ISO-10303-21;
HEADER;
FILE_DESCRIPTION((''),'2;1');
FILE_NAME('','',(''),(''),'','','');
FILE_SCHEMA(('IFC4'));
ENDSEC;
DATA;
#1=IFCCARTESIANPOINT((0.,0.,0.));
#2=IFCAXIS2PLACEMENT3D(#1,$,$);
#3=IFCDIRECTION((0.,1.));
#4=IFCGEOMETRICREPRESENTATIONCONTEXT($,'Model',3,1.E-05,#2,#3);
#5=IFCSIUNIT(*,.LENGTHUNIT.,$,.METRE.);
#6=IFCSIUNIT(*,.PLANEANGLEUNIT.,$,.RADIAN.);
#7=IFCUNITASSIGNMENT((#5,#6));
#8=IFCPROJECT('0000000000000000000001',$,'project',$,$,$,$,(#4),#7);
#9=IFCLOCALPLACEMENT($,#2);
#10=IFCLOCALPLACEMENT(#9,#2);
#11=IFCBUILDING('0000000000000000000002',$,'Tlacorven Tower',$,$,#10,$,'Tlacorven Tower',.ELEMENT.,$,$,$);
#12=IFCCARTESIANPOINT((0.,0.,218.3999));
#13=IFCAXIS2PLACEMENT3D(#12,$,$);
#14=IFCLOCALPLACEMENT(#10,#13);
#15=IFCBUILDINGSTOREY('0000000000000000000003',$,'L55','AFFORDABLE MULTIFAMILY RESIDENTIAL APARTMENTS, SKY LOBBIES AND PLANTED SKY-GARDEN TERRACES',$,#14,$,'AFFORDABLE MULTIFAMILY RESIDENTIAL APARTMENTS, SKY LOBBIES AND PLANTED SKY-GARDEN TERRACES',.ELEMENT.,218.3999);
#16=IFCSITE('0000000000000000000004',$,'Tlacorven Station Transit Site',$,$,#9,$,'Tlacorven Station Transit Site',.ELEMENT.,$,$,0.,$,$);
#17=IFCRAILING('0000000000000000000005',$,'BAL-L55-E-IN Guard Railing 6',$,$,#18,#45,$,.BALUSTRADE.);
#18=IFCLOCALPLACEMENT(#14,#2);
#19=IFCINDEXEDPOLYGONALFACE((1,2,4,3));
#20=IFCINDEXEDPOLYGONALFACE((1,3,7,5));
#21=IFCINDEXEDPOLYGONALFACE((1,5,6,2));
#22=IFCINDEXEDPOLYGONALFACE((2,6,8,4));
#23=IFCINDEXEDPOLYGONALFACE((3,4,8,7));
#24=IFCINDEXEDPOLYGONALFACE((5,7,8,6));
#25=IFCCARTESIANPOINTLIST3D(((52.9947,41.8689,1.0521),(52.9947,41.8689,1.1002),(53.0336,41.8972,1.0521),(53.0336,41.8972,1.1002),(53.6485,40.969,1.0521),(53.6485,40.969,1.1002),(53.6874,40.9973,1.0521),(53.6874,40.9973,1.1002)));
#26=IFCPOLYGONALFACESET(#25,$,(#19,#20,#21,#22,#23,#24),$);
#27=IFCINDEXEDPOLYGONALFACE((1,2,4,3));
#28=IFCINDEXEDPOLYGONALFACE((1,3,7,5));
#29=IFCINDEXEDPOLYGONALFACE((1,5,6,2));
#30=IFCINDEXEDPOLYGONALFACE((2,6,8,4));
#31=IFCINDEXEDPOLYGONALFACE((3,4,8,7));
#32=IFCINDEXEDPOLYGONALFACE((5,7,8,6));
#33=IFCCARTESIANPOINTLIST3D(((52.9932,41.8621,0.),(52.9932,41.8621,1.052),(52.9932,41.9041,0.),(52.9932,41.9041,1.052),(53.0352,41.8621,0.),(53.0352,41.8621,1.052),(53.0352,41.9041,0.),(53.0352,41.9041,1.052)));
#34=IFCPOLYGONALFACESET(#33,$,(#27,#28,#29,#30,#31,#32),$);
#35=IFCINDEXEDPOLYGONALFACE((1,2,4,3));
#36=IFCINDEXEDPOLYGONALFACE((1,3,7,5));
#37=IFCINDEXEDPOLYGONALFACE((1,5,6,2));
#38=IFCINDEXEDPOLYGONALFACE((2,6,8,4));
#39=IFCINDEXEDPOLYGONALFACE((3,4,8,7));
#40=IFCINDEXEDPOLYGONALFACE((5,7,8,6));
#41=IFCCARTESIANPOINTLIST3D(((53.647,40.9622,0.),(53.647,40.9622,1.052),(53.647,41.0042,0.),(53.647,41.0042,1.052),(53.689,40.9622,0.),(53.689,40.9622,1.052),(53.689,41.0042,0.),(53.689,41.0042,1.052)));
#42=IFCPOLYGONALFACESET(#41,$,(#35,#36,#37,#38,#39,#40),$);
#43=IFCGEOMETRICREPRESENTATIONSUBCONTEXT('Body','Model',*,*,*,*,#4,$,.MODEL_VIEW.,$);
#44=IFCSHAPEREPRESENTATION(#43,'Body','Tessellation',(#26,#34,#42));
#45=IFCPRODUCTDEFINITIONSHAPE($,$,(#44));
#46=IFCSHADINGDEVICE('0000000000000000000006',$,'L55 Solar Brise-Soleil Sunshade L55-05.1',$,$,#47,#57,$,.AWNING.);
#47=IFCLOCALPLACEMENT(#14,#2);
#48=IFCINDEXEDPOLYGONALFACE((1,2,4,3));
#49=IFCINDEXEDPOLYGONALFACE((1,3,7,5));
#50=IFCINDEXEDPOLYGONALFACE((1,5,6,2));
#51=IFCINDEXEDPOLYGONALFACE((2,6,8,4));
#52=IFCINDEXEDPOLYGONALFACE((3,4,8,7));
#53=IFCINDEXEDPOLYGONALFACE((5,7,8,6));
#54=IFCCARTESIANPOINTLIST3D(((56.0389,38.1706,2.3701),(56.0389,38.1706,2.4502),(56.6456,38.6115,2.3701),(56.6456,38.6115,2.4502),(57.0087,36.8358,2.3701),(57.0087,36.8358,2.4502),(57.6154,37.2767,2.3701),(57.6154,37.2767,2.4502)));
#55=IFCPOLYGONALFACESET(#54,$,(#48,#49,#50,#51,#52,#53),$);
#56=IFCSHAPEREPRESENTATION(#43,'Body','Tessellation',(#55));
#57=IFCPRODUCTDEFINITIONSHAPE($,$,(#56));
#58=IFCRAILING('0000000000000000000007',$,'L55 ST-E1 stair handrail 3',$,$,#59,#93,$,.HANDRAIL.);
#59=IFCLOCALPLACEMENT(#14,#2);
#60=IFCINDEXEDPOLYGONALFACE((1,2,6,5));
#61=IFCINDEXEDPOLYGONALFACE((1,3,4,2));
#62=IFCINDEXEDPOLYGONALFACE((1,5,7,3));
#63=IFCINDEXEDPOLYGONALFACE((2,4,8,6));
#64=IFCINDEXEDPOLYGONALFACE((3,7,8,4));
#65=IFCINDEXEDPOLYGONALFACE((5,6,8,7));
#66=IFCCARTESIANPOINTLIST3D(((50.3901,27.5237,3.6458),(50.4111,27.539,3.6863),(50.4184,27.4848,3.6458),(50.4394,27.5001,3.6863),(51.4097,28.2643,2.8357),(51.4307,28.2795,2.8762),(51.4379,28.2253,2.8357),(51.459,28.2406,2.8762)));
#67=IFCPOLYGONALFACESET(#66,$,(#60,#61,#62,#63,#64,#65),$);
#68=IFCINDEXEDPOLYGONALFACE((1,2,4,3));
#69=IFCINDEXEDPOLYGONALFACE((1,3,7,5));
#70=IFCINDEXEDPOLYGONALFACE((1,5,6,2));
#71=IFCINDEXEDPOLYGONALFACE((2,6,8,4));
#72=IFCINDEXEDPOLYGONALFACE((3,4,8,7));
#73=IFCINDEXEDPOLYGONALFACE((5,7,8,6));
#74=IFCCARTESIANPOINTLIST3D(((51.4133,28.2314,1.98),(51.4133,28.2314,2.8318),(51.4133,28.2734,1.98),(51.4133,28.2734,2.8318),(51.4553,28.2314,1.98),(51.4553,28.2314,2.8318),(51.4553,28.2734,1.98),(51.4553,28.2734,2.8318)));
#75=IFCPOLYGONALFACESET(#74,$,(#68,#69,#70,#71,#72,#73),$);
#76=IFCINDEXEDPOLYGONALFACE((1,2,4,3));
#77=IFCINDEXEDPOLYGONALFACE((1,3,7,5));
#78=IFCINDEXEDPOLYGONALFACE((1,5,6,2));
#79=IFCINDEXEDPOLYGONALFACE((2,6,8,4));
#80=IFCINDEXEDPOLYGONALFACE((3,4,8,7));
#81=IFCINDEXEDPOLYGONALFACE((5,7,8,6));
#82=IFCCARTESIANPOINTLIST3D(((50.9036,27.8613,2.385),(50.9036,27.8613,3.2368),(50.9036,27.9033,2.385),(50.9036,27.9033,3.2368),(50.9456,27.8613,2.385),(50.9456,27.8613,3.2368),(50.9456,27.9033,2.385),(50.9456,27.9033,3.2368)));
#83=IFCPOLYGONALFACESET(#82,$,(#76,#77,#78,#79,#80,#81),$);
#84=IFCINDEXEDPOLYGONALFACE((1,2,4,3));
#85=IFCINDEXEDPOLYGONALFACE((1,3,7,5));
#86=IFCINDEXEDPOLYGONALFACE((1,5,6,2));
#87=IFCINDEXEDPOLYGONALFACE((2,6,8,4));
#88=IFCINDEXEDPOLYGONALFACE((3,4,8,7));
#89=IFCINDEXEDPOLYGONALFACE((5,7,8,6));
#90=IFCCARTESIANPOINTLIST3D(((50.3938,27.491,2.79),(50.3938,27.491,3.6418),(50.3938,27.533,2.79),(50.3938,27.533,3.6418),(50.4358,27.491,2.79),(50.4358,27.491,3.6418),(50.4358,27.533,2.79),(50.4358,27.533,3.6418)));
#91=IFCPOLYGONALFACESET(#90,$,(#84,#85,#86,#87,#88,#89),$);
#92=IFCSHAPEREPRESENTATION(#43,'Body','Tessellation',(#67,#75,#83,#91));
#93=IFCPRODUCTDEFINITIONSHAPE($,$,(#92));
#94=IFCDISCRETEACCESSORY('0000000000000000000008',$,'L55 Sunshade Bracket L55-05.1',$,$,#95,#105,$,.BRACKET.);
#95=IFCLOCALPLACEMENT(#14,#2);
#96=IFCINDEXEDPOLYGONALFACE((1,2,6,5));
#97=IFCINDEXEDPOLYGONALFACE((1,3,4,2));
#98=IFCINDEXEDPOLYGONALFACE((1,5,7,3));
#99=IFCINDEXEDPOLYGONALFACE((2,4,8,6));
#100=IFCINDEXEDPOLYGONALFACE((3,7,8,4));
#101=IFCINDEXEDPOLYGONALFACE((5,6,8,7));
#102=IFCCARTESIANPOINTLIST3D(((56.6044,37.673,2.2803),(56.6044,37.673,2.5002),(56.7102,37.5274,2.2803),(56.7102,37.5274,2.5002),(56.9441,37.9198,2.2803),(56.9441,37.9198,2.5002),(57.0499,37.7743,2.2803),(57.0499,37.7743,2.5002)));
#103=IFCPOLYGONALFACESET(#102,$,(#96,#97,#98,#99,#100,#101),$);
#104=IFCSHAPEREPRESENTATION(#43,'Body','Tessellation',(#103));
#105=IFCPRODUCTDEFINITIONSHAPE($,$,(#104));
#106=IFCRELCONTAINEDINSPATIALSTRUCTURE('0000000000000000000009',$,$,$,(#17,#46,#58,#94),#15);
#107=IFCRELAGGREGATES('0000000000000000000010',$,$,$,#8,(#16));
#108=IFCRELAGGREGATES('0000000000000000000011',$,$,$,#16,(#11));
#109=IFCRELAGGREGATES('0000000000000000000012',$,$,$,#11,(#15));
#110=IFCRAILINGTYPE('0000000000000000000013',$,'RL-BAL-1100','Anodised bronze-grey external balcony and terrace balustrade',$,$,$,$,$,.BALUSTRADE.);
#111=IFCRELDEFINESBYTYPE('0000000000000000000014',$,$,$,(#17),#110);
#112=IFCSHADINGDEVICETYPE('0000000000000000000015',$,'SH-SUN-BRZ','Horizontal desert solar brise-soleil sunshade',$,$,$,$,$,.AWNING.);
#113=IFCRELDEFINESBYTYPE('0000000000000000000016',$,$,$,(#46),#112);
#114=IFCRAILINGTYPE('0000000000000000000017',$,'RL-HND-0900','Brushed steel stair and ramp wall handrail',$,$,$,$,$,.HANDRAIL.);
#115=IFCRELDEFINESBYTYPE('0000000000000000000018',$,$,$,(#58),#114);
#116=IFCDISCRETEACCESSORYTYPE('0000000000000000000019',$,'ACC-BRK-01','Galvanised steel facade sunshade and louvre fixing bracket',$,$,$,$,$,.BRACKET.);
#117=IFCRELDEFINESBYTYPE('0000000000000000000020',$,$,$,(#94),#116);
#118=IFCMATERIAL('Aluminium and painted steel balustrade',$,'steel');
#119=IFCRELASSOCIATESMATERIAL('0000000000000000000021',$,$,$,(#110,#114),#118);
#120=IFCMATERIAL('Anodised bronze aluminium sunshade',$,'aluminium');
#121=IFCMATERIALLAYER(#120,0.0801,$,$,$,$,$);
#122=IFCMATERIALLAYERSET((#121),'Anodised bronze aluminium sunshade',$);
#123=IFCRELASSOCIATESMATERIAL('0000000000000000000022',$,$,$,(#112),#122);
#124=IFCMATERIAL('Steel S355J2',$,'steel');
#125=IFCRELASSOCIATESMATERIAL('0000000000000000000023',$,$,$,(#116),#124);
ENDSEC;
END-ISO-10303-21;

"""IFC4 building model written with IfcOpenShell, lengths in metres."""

from ifc_helpers import new_model, si_unit, direction, frame, origin, origin_2d, place, context, subcontext, project, spatial, rectangle, extrude, source, transform, mapped, material, layer, layer_set, type_object, element, save


model = new_model("IFC4")

# Units and contexts
model_context = context("Model", 3, precision=1e-05, world=origin(), true_north=direction((0.0, 1.0)))
body_context = subcontext(model_context, "Body", "Model", "MODEL_VIEW")
ifc_project = project(units=[si_unit("LENGTHUNIT", "METRE"), si_unit("PLANEANGLEUNIT", "RADIAN")], contexts=[model_context])

# Site, building, storey
site_placement = place(None, origin())
site = spatial("IfcSite", under=ifc_project, at=site_placement, Name="Tlacorven Station Transit Site", LongName="Tlacorven Station Transit Site", CompositionType="ELEMENT", RefElevation=0.0)
building_placement = place(site_placement, origin())
building = spatial("IfcBuilding", under=site, at=building_placement, Name="Tlacorven Tower", LongName="Tlacorven Tower", CompositionType="ELEMENT")
storey_placement = place(building_placement, frame((0.0, 0.0, 218.3999)))
storey = spatial("IfcBuildingStorey", under=building, at=storey_placement, Name="L55", Description="AFFORDABLE MULTIFAMILY RESIDENTIAL APARTMENTS, SKY LOBBIES AND PLANTED SKY-GARDEN TERRACES", LongName="AFFORDABLE MULTIFAMILY RESIDENTIAL APARTMENTS, SKY LOBBIES AND PLANTED SKY-GARDEN TERRACES", CompositionType="ELEMENT", Elevation=218.3999)

# Shared definitions
ifc_material_1 = material(Name="Steel S355J2", Category="steel")

# Railing
ifc_material_2 = material(Name="Aluminium and painted steel balustrade", Category="steel")
railing_type_1 = type_object("IfcRailingType", Name="RL-BAL-1100", Description="Anodised bronze-grey external balcony and terrace balustrade", PredefinedType="BALUSTRADE", material=ifc_material_2)
shared_shape_1 = source(origin(), body_context, "Body", "SweptSolid", [
    extrude(rectangle(XDim=0.0481, YDim=0.0481, at=origin_2d()), frame((0.0, 0.0, 1.0762), z_axis=(0.58778, -0.809021, 0.0), x_axis=(0.809021, 0.58778, 0.0)), (0.0, 0.0, 1.0), 1.1123),
    extrude(rectangle(XDim=0.042, YDim=0.042, at=origin_2d()), origin(), (0.0, 0.0, 1.0), 1.052),
    extrude(rectangle(XDim=0.042, YDim=0.042, at=origin_2d()), frame((0.6538, -0.8999, 0.0)), (0.0, 0.0, 1.0), 1.052),
])
railing_1_placement = place(storey_placement, frame((53.0142, 41.8831, 0.0)))
element("IfcRailing", 1, at=railing_1_placement, inside=storey, type_object=railing_type_1, Name="BAL-L55-E-IN Guard Railing 6", PredefinedType="BALUSTRADE", context=body_context, shape_type="MappedRepresentation", body=[
    mapped(shared_shape_1, transform((0.0, 0.0, 0.0), scale=1.0)),
])

# Shading device
ifc_material_3 = material(Name="Anodised bronze aluminium sunshade", Category="aluminium")
ifc_layer_1 = layer(ifc_material_3, 0.0801)
ifc_layer_set_1 = layer_set([ifc_layer_1], Name="Anodised bronze aluminium sunshade")
shading_device_type = type_object("IfcShadingDeviceType", Name="SH-SUN-BRZ", Description="Horizontal desert solar brise-soleil sunshade", PredefinedType="AWNING", material=ifc_layer_set_1)
shared_shape_2 = source(origin(), body_context, "Body", "SweptSolid", [
    extrude(rectangle(XDim=1.6499, YDim=0.75, at=origin_2d()), origin(), (0.0, 0.0, 1.0), 0.0801),
])
shading_device_placement = place(storey_placement, frame((56.8271, 37.7236, 2.3701), z_axis=(0.0, 0.0, 1.0), x_axis=(0.587785, -0.809017, 0.0)))
element("IfcShadingDevice", 2, at=shading_device_placement, inside=storey, type_object=shading_device_type, Name="L55 Solar Brise-Soleil Sunshade L55-05.1", PredefinedType="AWNING", context=body_context, shape_type="MappedRepresentation", body=[
    mapped(shared_shape_2, transform((0.0, 0.0, 0.0), scale=1.0)),
])

# Railing
railing_type_2 = type_object("IfcRailingType", Name="RL-HND-0900", Description="Brushed steel stair and ramp wall handrail", PredefinedType="HANDRAIL", material=ifc_material_2)
shared_shape_3 = source(origin(), body_context, "Body", "SweptSolid", [
    extrude(rectangle(XDim=0.0481, YDim=0.0481, at=origin_2d()), frame((0.0, 0.0, 0.876), z_axis=(-0.680604, -0.494318, 0.540767), x_axis=(0.587653, -0.809113, 0.0)), (0.0, 0.0, 1.0), 1.498),
    extrude(rectangle(XDim=0.042, YDim=0.042, at=origin_2d()), origin(), (0.0, 0.0, 1.0), 0.8518),
    extrude(rectangle(XDim=0.042, YDim=0.042, at=origin_2d()), frame((-0.5098, -0.3701, 0.405)), (0.0, 0.0, 1.0), 0.8518),
    extrude(rectangle(XDim=0.042, YDim=0.042, at=origin_2d()), frame((-1.0195, -0.7405, 0.8101)), (0.0, 0.0, 1.0), 0.8518),
])
railing_2_placement = place(storey_placement, frame((51.4343, 28.2524, 1.98)))
element("IfcRailing", 3, at=railing_2_placement, inside=storey, type_object=railing_type_2, Name="L55 ST-E1 stair handrail 3", PredefinedType="HANDRAIL", context=body_context, shape_type="MappedRepresentation", body=[
    mapped(shared_shape_3, transform((0.0, 0.0, 0.0), scale=1.0)),
])

# Discrete accessory
discrete_accessory_type = type_object("IfcDiscreteAccessoryType", Name="ACC-BRK-01", Description="Galvanised steel facade sunshade and louvre fixing bracket", PredefinedType="BRACKET", material=ifc_material_1)
shared_shape_4 = source(origin(), body_context, "Body", "SweptSolid", [
    extrude(rectangle(XDim=0.1799, YDim=0.4199, at=origin_2d()), origin(), (0.0, 0.0, 1.0), 0.22),
])
discrete_accessory_placement = place(storey_placement, frame((56.8271, 37.7236, 2.2803), z_axis=(0.0, 0.0, 1.0), x_axis=(0.587785, -0.809017, 0.0)))
element("IfcDiscreteAccessory", 4, at=discrete_accessory_placement, inside=storey, type_object=discrete_accessory_type, Name="L55 Sunshade Bracket L55-05.1", PredefinedType="BRACKET", context=body_context, shape_type="MappedRepresentation", body=[
    mapped(shared_shape_4, transform((0.0, 0.0, 0.0), scale=1.0)),
])

save(model, "model.ifc")
